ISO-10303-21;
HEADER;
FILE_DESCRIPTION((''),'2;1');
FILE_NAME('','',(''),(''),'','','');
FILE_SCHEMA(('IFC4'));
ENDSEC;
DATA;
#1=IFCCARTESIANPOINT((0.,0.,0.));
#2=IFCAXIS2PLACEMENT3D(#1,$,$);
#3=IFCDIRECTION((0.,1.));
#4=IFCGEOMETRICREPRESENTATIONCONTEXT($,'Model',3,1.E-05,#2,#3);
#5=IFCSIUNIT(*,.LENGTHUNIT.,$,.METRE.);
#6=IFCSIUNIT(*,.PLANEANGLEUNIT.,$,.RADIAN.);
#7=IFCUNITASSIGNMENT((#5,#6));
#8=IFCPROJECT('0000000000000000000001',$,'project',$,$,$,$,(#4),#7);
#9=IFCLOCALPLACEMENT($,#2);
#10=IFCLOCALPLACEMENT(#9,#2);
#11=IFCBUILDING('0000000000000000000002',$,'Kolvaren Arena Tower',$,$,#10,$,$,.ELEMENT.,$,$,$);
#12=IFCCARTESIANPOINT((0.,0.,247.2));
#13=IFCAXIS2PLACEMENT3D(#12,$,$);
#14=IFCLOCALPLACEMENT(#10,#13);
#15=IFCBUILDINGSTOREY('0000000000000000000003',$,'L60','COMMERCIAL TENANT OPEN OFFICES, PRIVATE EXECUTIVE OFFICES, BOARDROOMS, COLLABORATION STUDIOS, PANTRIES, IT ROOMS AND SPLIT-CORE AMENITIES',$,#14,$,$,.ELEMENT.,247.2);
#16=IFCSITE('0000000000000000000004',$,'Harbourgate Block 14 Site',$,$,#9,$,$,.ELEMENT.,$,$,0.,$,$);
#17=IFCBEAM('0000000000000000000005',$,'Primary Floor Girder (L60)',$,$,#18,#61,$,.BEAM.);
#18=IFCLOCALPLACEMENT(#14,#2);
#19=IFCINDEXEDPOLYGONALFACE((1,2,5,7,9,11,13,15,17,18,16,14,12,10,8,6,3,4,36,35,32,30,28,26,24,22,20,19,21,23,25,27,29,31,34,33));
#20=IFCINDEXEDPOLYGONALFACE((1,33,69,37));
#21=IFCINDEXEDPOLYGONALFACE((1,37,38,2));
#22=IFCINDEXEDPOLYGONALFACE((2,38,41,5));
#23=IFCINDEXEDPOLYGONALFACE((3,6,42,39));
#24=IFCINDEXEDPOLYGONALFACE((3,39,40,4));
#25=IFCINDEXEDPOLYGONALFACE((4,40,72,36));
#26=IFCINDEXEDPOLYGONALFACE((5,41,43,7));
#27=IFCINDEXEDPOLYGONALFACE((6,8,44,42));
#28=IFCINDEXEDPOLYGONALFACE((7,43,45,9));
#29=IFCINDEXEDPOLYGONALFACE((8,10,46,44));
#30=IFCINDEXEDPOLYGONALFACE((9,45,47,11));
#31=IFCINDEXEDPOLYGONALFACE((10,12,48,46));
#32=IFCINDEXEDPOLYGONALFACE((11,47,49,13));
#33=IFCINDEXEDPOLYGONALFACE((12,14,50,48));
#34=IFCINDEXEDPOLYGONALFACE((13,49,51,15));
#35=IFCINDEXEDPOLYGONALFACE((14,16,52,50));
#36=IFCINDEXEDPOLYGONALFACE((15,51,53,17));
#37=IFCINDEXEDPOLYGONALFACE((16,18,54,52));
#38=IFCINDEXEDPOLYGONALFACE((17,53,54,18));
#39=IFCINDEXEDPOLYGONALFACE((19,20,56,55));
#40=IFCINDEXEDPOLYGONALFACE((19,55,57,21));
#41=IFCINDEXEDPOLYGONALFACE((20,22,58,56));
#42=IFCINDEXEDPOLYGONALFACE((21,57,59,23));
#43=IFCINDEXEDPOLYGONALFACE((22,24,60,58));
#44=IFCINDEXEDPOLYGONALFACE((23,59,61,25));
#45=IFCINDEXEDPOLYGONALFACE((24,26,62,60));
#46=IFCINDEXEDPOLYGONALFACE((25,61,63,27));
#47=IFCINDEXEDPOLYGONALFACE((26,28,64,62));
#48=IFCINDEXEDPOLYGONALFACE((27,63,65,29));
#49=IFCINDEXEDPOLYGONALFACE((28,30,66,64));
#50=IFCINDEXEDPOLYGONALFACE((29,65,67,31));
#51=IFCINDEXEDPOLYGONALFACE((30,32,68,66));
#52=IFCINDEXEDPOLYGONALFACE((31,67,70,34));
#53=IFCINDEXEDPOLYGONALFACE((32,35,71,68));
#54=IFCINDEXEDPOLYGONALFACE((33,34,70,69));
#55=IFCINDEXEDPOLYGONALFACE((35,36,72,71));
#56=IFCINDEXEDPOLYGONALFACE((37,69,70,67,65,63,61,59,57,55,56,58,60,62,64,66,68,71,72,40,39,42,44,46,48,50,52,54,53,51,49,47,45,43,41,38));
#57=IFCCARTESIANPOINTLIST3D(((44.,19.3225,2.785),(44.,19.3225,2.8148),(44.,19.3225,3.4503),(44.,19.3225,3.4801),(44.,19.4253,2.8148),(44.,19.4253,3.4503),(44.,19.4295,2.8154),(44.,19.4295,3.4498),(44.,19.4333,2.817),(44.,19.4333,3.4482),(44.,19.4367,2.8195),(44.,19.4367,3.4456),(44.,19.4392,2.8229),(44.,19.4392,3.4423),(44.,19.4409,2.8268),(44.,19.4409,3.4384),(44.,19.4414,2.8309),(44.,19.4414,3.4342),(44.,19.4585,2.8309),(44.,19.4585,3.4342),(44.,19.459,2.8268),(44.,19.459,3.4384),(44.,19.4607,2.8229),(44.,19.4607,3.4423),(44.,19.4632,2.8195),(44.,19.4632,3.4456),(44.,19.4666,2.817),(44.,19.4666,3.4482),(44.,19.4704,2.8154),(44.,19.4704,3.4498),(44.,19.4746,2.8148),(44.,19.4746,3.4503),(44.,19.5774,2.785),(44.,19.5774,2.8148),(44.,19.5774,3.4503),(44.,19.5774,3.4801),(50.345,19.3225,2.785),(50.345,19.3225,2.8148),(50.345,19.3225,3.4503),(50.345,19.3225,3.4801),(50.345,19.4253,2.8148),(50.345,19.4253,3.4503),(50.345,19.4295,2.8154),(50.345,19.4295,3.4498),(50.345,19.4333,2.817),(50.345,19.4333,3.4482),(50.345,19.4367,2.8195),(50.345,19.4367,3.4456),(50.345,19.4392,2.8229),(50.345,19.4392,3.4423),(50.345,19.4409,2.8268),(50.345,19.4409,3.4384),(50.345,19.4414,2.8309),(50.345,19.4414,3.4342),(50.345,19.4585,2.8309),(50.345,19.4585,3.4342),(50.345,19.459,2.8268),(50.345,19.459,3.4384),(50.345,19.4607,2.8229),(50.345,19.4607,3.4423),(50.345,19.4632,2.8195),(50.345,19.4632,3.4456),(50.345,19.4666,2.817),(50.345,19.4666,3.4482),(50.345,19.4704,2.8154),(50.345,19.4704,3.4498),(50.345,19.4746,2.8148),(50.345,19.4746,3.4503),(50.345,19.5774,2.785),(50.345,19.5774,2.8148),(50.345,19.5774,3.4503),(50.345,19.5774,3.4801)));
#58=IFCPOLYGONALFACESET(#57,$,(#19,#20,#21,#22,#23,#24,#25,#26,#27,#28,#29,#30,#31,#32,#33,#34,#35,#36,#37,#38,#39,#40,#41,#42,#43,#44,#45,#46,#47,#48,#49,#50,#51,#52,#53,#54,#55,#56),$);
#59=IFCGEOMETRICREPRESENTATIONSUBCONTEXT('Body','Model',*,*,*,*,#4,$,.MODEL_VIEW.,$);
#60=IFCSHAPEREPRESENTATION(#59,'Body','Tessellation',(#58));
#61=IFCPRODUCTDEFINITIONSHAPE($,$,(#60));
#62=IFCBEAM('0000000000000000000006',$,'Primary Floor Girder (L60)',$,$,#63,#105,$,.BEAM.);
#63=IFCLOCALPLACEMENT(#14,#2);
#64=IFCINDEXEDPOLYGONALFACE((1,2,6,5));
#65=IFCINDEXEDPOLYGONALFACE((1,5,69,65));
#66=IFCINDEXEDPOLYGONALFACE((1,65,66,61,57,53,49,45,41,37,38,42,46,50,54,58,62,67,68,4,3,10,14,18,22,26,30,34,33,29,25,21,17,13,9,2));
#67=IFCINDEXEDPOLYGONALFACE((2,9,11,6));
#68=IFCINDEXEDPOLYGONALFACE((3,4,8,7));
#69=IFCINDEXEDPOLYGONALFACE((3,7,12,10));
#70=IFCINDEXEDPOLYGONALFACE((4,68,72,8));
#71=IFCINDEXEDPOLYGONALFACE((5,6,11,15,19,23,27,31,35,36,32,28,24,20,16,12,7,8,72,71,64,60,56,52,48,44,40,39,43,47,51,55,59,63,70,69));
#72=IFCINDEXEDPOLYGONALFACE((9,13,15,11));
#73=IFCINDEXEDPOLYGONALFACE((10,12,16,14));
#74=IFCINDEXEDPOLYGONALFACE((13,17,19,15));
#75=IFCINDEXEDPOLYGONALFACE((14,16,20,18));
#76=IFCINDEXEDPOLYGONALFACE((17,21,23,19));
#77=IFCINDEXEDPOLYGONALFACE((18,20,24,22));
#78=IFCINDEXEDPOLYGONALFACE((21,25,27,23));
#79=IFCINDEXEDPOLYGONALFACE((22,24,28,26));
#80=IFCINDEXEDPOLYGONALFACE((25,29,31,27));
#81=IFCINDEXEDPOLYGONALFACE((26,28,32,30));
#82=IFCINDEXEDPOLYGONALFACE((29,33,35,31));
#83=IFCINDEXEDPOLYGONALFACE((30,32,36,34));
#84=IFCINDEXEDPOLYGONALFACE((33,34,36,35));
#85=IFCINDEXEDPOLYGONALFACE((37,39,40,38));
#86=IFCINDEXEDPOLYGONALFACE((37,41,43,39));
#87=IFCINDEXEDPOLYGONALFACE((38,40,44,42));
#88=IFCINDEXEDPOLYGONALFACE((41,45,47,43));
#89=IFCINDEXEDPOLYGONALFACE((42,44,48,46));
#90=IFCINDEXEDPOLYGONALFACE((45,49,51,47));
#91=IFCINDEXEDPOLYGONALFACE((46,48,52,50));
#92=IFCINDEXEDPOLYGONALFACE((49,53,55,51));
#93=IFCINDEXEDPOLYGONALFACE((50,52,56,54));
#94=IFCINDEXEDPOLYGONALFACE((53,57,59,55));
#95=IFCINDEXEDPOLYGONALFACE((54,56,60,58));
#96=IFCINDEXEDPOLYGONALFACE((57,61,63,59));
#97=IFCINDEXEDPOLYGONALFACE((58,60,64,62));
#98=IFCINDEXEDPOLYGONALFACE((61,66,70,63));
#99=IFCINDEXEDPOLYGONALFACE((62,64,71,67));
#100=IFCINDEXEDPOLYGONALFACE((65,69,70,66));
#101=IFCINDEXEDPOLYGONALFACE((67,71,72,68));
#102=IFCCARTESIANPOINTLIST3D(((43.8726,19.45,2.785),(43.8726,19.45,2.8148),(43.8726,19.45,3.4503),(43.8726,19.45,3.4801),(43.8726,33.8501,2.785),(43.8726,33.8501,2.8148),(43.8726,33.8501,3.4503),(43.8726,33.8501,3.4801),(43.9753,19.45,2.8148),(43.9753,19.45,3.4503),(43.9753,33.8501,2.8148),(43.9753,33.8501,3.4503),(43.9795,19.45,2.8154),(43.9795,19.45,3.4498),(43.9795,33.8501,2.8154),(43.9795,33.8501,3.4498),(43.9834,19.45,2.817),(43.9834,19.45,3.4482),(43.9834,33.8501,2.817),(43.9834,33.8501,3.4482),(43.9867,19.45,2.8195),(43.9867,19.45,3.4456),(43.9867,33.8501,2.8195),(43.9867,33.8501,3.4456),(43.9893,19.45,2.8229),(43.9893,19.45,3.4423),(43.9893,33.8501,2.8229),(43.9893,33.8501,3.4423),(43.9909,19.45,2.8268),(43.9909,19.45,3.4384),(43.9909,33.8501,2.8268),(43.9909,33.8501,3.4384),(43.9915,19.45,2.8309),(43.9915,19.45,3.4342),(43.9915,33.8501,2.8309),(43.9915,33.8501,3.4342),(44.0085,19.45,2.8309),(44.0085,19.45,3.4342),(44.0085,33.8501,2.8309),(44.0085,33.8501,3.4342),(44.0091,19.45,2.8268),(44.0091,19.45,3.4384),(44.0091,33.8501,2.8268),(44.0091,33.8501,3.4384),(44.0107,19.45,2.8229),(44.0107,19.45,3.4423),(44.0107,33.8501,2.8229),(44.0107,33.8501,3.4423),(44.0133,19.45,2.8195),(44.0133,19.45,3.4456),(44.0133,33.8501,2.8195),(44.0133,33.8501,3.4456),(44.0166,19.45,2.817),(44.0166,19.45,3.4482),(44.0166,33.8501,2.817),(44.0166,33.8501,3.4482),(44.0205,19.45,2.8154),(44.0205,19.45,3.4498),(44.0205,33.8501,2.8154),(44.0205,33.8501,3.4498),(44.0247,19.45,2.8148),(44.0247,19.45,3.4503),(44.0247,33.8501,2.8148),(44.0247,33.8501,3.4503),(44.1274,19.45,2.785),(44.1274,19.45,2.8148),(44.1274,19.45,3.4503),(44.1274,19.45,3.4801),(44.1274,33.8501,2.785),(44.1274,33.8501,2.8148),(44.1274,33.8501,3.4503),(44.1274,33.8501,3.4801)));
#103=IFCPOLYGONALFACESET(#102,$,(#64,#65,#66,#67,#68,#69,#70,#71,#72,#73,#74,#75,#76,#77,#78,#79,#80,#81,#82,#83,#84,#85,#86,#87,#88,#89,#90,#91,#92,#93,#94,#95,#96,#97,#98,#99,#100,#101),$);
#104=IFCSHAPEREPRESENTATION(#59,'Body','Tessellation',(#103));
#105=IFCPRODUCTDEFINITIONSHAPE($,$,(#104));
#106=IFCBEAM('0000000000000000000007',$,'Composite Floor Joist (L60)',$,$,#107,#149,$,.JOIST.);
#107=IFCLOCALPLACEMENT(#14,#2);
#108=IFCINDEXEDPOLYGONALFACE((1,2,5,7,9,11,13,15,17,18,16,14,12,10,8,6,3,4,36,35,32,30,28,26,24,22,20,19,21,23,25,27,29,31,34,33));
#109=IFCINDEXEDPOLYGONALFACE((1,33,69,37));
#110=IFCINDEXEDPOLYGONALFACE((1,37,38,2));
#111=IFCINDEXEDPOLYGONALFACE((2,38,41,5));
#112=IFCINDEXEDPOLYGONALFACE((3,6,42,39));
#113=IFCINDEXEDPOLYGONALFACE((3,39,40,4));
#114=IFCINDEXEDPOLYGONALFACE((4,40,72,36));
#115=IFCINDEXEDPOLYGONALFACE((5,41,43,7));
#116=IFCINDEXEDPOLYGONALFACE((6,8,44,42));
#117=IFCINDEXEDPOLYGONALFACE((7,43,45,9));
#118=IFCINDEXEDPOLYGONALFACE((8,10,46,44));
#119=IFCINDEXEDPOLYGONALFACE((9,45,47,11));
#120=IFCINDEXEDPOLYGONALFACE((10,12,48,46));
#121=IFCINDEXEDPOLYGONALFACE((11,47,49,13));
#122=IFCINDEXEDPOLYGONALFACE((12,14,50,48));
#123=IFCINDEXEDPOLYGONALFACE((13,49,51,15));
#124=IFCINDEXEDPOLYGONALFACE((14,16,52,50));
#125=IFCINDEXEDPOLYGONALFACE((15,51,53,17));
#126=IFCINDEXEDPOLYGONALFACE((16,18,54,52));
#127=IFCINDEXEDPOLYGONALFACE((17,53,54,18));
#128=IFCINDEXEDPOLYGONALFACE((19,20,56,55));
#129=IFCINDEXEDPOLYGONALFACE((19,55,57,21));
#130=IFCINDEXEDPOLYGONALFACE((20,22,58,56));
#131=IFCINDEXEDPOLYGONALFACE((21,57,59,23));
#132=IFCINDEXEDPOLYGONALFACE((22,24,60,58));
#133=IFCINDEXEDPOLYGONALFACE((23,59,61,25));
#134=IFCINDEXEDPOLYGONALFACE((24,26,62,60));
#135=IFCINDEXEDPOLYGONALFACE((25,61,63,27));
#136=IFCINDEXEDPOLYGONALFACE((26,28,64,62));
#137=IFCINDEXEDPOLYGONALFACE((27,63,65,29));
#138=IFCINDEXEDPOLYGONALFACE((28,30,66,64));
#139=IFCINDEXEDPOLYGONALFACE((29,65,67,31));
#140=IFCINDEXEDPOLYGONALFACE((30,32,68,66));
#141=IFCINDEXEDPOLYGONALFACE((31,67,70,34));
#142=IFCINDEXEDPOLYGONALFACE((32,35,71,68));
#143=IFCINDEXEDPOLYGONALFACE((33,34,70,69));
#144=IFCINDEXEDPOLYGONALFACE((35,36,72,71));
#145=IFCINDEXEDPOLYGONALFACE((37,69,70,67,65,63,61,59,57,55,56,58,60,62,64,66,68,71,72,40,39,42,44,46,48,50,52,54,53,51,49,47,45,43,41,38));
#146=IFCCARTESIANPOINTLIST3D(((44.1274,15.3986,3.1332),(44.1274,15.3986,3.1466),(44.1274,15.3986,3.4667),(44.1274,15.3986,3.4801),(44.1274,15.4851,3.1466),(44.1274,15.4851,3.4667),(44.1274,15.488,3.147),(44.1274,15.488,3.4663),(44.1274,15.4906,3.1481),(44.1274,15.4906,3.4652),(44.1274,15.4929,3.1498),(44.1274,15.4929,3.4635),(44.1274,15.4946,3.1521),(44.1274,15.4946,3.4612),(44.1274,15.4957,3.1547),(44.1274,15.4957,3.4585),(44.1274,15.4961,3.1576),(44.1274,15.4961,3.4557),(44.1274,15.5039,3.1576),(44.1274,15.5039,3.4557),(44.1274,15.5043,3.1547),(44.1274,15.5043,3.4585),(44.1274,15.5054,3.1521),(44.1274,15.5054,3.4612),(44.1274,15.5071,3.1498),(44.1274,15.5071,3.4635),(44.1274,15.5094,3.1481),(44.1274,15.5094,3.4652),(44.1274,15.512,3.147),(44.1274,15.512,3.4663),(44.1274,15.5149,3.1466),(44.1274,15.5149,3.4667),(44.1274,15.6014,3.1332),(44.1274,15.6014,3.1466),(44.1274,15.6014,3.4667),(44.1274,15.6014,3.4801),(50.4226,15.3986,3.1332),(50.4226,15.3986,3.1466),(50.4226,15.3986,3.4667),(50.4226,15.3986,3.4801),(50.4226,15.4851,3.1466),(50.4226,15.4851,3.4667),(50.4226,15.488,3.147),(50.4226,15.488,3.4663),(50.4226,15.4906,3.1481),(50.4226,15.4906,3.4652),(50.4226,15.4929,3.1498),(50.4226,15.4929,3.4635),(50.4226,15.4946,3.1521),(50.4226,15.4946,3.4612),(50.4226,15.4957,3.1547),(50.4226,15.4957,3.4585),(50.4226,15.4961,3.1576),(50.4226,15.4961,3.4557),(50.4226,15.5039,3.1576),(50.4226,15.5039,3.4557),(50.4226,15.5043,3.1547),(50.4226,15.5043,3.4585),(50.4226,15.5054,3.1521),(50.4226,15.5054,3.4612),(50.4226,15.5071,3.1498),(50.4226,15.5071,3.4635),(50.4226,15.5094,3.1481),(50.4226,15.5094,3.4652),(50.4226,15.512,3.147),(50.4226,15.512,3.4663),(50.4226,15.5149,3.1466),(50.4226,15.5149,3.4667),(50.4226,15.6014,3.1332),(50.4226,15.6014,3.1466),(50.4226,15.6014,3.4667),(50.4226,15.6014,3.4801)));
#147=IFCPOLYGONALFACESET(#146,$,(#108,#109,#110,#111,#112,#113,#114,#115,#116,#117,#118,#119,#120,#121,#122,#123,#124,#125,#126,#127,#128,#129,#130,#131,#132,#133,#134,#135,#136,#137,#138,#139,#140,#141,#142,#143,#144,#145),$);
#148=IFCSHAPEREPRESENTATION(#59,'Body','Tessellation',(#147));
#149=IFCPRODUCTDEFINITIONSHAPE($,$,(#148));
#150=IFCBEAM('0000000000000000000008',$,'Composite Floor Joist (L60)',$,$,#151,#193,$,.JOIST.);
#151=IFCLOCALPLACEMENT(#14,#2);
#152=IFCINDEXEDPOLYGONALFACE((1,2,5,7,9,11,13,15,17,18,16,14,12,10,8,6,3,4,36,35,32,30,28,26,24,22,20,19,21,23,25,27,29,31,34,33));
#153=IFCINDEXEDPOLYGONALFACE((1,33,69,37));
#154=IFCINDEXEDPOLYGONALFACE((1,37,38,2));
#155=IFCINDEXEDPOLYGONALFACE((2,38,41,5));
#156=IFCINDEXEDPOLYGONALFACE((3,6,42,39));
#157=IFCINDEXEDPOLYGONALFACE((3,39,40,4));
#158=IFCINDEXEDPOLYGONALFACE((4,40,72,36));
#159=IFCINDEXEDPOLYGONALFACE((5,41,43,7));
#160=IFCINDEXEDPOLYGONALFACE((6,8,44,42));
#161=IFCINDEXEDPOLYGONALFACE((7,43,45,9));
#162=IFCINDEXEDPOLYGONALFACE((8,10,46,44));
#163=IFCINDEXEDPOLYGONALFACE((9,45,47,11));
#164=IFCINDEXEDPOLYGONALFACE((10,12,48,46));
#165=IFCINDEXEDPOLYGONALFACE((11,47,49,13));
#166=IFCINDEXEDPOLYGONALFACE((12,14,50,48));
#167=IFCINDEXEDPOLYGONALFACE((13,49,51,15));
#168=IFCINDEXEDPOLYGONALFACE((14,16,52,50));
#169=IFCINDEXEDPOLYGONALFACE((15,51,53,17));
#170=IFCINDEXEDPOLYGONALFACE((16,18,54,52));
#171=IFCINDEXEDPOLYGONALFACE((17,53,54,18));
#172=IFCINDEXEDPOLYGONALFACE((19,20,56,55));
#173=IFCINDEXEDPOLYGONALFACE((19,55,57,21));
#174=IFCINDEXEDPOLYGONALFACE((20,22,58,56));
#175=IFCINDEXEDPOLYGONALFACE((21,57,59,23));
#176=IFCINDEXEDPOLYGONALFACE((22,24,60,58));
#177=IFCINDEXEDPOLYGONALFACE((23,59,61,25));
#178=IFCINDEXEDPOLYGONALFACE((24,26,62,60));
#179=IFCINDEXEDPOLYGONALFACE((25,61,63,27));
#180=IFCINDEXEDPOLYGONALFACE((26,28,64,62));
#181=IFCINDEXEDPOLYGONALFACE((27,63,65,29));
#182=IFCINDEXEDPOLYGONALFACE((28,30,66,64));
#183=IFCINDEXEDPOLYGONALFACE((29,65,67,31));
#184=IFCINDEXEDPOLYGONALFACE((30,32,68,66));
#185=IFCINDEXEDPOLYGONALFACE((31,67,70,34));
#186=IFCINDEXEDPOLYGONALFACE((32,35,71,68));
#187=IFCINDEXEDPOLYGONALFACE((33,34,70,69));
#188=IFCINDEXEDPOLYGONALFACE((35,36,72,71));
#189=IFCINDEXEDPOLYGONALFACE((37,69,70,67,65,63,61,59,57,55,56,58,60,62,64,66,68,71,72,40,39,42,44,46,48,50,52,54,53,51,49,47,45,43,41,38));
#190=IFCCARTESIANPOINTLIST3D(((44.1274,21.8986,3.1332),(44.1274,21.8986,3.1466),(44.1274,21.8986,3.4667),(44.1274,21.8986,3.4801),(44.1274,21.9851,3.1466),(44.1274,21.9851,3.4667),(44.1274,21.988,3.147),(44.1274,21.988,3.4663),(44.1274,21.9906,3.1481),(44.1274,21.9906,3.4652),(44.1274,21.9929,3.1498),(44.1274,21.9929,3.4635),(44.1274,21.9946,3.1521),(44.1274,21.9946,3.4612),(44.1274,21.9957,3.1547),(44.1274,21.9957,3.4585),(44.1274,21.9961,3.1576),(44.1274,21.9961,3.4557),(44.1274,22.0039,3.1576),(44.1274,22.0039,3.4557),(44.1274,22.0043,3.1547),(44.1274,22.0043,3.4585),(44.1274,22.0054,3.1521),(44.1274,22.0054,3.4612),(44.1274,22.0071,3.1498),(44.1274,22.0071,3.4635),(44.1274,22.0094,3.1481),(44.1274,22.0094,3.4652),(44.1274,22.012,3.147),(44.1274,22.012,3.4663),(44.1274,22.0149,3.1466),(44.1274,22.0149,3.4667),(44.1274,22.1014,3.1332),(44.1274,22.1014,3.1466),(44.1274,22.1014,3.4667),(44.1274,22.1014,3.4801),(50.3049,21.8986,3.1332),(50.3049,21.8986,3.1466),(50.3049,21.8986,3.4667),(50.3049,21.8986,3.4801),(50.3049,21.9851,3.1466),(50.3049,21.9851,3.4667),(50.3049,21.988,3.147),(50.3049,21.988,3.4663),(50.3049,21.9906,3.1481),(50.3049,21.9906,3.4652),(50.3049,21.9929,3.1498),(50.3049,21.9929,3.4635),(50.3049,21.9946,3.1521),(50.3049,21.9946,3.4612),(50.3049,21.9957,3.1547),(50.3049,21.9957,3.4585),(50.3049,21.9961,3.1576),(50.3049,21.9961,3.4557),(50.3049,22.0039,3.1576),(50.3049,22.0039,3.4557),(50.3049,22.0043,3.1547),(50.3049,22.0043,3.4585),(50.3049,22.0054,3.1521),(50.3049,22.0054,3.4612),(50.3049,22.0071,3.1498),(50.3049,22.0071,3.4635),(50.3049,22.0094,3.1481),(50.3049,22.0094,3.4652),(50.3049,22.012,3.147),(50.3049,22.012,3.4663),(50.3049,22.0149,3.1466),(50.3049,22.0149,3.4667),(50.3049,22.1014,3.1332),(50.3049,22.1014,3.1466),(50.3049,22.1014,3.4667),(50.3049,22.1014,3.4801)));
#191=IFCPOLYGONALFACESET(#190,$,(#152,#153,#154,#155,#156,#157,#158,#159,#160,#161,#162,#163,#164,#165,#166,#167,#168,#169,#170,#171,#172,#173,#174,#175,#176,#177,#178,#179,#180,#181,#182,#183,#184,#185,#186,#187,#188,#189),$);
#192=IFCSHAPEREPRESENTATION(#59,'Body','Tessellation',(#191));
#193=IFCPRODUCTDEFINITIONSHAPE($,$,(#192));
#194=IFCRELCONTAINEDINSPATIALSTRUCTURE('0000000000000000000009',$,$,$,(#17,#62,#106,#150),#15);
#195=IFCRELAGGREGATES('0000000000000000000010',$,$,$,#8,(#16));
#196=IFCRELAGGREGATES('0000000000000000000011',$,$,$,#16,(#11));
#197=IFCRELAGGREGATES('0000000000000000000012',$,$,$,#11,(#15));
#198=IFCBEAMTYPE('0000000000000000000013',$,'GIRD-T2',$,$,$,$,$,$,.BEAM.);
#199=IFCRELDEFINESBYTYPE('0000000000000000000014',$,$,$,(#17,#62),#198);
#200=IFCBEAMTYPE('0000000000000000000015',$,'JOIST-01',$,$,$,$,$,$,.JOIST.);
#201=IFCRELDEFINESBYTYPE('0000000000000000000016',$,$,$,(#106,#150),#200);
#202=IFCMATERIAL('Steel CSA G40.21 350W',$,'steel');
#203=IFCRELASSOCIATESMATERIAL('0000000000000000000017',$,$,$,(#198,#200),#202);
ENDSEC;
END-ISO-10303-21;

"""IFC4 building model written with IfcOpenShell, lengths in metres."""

from ifc_helpers import new_model, si_unit, direction, frame, origin, origin_2d, place, context, subcontext, project, spatial, i_section, extrude, material, material_profile, profile_set, type_object, element, save


model = new_model("IFC4")

# Units and contexts
model_context = context("Model", 3, precision=1e-05, world=origin(), true_north=direction((0.0, 1.0)))
body_context = subcontext(model_context, "Body", "Model", "MODEL_VIEW")
ifc_project = project(units=[si_unit("LENGTHUNIT", "METRE"), si_unit("PLANEANGLEUNIT", "RADIAN")], contexts=[model_context])

# Site, building, storey
site_placement = place(None, origin())
site = spatial("IfcSite", under=ifc_project, at=site_placement, Name="Harbourgate Block 14 Site", CompositionType="ELEMENT", RefElevation=0.0)
building_placement = place(site_placement, origin())
building = spatial("IfcBuilding", under=site, at=building_placement, Name="Kolvaren Arena Tower", CompositionType="ELEMENT")
storey_placement = place(building_placement, frame((0.0, 0.0, 247.2)))
storey = spatial("IfcBuildingStorey", under=building, at=storey_placement, Name="L60", Description="COMMERCIAL TENANT OPEN OFFICES, PRIVATE EXECUTIVE OFFICES, BOARDROOMS, COLLABORATION STUDIOS, PANTRIES, IT ROOMS AND SPLIT-CORE AMENITIES", CompositionType="ELEMENT", Elevation=247.2)

# Beams
ifc_material_1 = material(Name="Steel CSA G40.21 350W", Category="steel")
ifc_material_profile_1 = material_profile(ifc_material_1, i_section(OverallWidth=0.2549, OverallDepth=0.6951, WebThickness=0.0171, FlangeThickness=0.0298, FilletRadius=0.0161, at=origin_2d()), Name="W690x217")
ifc_profile_set_1 = profile_set([ifc_material_profile_1], Name="Steel CSA G40.21 350W")
beam_type_1 = type_object("IfcBeamType", Name="GIRD-T2", PredefinedType="BEAM", material=ifc_profile_set_1)
beam_1_placement = place(storey_placement, frame((44.0, 19.45, 3.1326), z_axis=(1.0, 0.0, 0.0), x_axis=(0.0, 1.0, 0.0)))
element("IfcBeam", 1, at=beam_1_placement, inside=storey, type_object=beam_type_1, Name="Primary Floor Girder (L60)", PredefinedType="BEAM", context=body_context, shape_type="SweptSolid", body=[
    extrude(i_section(OverallWidth=0.2549, OverallDepth=0.6951, WebThickness=0.0171, FlangeThickness=0.0298, FilletRadius=0.0161, at=origin_2d()), origin(), (0.0, 0.0, 1.0), 6.345),
])
beam_2_placement = place(storey_placement, frame((44.0, 19.45, 3.1326), z_axis=(0.0, 1.0, 0.0), x_axis=(-1.0, 0.0, 0.0)))
element("IfcBeam", 2, at=beam_2_placement, inside=storey, type_object=beam_type_1, Name="Primary Floor Girder (L60)", PredefinedType="BEAM", context=body_context, shape_type="SweptSolid", body=[
    extrude(i_section(OverallWidth=0.2549, OverallDepth=0.6951, WebThickness=0.0171, FlangeThickness=0.0298, FilletRadius=0.0161, at=origin_2d()), origin(), (0.0, 0.0, 1.0), 14.4001),
])
ifc_material_profile_2 = material_profile(ifc_material_1, i_section(OverallWidth=0.2029, OverallDepth=0.3469, WebThickness=0.0078, FlangeThickness=0.0134, FilletRadius=0.011, at=origin_2d()), Name="W360x64")
ifc_profile_set_2 = profile_set([ifc_material_profile_2], Name="Steel CSA G40.21 350W")
beam_type_2 = type_object("IfcBeamType", Name="JOIST-01", PredefinedType="JOIST", material=ifc_profile_set_2)
beam_3_placement = place(storey_placement, frame((44.1274, 15.5, 3.3066), z_axis=(1.0, 0.0, 0.0), x_axis=(0.0, 1.0, 0.0)))
element("IfcBeam", 3, at=beam_3_placement, inside=storey, type_object=beam_type_2, Name="Composite Floor Joist (L60)", PredefinedType="JOIST", context=body_context, shape_type="SweptSolid", body=[
    extrude(i_section(OverallWidth=0.2029, OverallDepth=0.3469, WebThickness=0.0078, FlangeThickness=0.0134, FilletRadius=0.011, at=origin_2d()), origin(), (0.0, 0.0, 1.0), 6.2952),
])
beam_4_placement = place(storey_placement, frame((44.1274, 22.0, 3.3066), z_axis=(1.0, 0.0, 0.0), x_axis=(0.0, 1.0, 0.0)))
element("IfcBeam", 4, at=beam_4_placement, inside=storey, type_object=beam_type_2, Name="Composite Floor Joist (L60)", PredefinedType="JOIST", context=body_context, shape_type="SweptSolid", body=[
    extrude(i_section(OverallWidth=0.2029, OverallDepth=0.3469, WebThickness=0.0078, FlangeThickness=0.0134, FilletRadius=0.011, at=origin_2d()), origin(), (0.0, 0.0, 1.0), 6.1775),
])

save(model, "model.ifc")
